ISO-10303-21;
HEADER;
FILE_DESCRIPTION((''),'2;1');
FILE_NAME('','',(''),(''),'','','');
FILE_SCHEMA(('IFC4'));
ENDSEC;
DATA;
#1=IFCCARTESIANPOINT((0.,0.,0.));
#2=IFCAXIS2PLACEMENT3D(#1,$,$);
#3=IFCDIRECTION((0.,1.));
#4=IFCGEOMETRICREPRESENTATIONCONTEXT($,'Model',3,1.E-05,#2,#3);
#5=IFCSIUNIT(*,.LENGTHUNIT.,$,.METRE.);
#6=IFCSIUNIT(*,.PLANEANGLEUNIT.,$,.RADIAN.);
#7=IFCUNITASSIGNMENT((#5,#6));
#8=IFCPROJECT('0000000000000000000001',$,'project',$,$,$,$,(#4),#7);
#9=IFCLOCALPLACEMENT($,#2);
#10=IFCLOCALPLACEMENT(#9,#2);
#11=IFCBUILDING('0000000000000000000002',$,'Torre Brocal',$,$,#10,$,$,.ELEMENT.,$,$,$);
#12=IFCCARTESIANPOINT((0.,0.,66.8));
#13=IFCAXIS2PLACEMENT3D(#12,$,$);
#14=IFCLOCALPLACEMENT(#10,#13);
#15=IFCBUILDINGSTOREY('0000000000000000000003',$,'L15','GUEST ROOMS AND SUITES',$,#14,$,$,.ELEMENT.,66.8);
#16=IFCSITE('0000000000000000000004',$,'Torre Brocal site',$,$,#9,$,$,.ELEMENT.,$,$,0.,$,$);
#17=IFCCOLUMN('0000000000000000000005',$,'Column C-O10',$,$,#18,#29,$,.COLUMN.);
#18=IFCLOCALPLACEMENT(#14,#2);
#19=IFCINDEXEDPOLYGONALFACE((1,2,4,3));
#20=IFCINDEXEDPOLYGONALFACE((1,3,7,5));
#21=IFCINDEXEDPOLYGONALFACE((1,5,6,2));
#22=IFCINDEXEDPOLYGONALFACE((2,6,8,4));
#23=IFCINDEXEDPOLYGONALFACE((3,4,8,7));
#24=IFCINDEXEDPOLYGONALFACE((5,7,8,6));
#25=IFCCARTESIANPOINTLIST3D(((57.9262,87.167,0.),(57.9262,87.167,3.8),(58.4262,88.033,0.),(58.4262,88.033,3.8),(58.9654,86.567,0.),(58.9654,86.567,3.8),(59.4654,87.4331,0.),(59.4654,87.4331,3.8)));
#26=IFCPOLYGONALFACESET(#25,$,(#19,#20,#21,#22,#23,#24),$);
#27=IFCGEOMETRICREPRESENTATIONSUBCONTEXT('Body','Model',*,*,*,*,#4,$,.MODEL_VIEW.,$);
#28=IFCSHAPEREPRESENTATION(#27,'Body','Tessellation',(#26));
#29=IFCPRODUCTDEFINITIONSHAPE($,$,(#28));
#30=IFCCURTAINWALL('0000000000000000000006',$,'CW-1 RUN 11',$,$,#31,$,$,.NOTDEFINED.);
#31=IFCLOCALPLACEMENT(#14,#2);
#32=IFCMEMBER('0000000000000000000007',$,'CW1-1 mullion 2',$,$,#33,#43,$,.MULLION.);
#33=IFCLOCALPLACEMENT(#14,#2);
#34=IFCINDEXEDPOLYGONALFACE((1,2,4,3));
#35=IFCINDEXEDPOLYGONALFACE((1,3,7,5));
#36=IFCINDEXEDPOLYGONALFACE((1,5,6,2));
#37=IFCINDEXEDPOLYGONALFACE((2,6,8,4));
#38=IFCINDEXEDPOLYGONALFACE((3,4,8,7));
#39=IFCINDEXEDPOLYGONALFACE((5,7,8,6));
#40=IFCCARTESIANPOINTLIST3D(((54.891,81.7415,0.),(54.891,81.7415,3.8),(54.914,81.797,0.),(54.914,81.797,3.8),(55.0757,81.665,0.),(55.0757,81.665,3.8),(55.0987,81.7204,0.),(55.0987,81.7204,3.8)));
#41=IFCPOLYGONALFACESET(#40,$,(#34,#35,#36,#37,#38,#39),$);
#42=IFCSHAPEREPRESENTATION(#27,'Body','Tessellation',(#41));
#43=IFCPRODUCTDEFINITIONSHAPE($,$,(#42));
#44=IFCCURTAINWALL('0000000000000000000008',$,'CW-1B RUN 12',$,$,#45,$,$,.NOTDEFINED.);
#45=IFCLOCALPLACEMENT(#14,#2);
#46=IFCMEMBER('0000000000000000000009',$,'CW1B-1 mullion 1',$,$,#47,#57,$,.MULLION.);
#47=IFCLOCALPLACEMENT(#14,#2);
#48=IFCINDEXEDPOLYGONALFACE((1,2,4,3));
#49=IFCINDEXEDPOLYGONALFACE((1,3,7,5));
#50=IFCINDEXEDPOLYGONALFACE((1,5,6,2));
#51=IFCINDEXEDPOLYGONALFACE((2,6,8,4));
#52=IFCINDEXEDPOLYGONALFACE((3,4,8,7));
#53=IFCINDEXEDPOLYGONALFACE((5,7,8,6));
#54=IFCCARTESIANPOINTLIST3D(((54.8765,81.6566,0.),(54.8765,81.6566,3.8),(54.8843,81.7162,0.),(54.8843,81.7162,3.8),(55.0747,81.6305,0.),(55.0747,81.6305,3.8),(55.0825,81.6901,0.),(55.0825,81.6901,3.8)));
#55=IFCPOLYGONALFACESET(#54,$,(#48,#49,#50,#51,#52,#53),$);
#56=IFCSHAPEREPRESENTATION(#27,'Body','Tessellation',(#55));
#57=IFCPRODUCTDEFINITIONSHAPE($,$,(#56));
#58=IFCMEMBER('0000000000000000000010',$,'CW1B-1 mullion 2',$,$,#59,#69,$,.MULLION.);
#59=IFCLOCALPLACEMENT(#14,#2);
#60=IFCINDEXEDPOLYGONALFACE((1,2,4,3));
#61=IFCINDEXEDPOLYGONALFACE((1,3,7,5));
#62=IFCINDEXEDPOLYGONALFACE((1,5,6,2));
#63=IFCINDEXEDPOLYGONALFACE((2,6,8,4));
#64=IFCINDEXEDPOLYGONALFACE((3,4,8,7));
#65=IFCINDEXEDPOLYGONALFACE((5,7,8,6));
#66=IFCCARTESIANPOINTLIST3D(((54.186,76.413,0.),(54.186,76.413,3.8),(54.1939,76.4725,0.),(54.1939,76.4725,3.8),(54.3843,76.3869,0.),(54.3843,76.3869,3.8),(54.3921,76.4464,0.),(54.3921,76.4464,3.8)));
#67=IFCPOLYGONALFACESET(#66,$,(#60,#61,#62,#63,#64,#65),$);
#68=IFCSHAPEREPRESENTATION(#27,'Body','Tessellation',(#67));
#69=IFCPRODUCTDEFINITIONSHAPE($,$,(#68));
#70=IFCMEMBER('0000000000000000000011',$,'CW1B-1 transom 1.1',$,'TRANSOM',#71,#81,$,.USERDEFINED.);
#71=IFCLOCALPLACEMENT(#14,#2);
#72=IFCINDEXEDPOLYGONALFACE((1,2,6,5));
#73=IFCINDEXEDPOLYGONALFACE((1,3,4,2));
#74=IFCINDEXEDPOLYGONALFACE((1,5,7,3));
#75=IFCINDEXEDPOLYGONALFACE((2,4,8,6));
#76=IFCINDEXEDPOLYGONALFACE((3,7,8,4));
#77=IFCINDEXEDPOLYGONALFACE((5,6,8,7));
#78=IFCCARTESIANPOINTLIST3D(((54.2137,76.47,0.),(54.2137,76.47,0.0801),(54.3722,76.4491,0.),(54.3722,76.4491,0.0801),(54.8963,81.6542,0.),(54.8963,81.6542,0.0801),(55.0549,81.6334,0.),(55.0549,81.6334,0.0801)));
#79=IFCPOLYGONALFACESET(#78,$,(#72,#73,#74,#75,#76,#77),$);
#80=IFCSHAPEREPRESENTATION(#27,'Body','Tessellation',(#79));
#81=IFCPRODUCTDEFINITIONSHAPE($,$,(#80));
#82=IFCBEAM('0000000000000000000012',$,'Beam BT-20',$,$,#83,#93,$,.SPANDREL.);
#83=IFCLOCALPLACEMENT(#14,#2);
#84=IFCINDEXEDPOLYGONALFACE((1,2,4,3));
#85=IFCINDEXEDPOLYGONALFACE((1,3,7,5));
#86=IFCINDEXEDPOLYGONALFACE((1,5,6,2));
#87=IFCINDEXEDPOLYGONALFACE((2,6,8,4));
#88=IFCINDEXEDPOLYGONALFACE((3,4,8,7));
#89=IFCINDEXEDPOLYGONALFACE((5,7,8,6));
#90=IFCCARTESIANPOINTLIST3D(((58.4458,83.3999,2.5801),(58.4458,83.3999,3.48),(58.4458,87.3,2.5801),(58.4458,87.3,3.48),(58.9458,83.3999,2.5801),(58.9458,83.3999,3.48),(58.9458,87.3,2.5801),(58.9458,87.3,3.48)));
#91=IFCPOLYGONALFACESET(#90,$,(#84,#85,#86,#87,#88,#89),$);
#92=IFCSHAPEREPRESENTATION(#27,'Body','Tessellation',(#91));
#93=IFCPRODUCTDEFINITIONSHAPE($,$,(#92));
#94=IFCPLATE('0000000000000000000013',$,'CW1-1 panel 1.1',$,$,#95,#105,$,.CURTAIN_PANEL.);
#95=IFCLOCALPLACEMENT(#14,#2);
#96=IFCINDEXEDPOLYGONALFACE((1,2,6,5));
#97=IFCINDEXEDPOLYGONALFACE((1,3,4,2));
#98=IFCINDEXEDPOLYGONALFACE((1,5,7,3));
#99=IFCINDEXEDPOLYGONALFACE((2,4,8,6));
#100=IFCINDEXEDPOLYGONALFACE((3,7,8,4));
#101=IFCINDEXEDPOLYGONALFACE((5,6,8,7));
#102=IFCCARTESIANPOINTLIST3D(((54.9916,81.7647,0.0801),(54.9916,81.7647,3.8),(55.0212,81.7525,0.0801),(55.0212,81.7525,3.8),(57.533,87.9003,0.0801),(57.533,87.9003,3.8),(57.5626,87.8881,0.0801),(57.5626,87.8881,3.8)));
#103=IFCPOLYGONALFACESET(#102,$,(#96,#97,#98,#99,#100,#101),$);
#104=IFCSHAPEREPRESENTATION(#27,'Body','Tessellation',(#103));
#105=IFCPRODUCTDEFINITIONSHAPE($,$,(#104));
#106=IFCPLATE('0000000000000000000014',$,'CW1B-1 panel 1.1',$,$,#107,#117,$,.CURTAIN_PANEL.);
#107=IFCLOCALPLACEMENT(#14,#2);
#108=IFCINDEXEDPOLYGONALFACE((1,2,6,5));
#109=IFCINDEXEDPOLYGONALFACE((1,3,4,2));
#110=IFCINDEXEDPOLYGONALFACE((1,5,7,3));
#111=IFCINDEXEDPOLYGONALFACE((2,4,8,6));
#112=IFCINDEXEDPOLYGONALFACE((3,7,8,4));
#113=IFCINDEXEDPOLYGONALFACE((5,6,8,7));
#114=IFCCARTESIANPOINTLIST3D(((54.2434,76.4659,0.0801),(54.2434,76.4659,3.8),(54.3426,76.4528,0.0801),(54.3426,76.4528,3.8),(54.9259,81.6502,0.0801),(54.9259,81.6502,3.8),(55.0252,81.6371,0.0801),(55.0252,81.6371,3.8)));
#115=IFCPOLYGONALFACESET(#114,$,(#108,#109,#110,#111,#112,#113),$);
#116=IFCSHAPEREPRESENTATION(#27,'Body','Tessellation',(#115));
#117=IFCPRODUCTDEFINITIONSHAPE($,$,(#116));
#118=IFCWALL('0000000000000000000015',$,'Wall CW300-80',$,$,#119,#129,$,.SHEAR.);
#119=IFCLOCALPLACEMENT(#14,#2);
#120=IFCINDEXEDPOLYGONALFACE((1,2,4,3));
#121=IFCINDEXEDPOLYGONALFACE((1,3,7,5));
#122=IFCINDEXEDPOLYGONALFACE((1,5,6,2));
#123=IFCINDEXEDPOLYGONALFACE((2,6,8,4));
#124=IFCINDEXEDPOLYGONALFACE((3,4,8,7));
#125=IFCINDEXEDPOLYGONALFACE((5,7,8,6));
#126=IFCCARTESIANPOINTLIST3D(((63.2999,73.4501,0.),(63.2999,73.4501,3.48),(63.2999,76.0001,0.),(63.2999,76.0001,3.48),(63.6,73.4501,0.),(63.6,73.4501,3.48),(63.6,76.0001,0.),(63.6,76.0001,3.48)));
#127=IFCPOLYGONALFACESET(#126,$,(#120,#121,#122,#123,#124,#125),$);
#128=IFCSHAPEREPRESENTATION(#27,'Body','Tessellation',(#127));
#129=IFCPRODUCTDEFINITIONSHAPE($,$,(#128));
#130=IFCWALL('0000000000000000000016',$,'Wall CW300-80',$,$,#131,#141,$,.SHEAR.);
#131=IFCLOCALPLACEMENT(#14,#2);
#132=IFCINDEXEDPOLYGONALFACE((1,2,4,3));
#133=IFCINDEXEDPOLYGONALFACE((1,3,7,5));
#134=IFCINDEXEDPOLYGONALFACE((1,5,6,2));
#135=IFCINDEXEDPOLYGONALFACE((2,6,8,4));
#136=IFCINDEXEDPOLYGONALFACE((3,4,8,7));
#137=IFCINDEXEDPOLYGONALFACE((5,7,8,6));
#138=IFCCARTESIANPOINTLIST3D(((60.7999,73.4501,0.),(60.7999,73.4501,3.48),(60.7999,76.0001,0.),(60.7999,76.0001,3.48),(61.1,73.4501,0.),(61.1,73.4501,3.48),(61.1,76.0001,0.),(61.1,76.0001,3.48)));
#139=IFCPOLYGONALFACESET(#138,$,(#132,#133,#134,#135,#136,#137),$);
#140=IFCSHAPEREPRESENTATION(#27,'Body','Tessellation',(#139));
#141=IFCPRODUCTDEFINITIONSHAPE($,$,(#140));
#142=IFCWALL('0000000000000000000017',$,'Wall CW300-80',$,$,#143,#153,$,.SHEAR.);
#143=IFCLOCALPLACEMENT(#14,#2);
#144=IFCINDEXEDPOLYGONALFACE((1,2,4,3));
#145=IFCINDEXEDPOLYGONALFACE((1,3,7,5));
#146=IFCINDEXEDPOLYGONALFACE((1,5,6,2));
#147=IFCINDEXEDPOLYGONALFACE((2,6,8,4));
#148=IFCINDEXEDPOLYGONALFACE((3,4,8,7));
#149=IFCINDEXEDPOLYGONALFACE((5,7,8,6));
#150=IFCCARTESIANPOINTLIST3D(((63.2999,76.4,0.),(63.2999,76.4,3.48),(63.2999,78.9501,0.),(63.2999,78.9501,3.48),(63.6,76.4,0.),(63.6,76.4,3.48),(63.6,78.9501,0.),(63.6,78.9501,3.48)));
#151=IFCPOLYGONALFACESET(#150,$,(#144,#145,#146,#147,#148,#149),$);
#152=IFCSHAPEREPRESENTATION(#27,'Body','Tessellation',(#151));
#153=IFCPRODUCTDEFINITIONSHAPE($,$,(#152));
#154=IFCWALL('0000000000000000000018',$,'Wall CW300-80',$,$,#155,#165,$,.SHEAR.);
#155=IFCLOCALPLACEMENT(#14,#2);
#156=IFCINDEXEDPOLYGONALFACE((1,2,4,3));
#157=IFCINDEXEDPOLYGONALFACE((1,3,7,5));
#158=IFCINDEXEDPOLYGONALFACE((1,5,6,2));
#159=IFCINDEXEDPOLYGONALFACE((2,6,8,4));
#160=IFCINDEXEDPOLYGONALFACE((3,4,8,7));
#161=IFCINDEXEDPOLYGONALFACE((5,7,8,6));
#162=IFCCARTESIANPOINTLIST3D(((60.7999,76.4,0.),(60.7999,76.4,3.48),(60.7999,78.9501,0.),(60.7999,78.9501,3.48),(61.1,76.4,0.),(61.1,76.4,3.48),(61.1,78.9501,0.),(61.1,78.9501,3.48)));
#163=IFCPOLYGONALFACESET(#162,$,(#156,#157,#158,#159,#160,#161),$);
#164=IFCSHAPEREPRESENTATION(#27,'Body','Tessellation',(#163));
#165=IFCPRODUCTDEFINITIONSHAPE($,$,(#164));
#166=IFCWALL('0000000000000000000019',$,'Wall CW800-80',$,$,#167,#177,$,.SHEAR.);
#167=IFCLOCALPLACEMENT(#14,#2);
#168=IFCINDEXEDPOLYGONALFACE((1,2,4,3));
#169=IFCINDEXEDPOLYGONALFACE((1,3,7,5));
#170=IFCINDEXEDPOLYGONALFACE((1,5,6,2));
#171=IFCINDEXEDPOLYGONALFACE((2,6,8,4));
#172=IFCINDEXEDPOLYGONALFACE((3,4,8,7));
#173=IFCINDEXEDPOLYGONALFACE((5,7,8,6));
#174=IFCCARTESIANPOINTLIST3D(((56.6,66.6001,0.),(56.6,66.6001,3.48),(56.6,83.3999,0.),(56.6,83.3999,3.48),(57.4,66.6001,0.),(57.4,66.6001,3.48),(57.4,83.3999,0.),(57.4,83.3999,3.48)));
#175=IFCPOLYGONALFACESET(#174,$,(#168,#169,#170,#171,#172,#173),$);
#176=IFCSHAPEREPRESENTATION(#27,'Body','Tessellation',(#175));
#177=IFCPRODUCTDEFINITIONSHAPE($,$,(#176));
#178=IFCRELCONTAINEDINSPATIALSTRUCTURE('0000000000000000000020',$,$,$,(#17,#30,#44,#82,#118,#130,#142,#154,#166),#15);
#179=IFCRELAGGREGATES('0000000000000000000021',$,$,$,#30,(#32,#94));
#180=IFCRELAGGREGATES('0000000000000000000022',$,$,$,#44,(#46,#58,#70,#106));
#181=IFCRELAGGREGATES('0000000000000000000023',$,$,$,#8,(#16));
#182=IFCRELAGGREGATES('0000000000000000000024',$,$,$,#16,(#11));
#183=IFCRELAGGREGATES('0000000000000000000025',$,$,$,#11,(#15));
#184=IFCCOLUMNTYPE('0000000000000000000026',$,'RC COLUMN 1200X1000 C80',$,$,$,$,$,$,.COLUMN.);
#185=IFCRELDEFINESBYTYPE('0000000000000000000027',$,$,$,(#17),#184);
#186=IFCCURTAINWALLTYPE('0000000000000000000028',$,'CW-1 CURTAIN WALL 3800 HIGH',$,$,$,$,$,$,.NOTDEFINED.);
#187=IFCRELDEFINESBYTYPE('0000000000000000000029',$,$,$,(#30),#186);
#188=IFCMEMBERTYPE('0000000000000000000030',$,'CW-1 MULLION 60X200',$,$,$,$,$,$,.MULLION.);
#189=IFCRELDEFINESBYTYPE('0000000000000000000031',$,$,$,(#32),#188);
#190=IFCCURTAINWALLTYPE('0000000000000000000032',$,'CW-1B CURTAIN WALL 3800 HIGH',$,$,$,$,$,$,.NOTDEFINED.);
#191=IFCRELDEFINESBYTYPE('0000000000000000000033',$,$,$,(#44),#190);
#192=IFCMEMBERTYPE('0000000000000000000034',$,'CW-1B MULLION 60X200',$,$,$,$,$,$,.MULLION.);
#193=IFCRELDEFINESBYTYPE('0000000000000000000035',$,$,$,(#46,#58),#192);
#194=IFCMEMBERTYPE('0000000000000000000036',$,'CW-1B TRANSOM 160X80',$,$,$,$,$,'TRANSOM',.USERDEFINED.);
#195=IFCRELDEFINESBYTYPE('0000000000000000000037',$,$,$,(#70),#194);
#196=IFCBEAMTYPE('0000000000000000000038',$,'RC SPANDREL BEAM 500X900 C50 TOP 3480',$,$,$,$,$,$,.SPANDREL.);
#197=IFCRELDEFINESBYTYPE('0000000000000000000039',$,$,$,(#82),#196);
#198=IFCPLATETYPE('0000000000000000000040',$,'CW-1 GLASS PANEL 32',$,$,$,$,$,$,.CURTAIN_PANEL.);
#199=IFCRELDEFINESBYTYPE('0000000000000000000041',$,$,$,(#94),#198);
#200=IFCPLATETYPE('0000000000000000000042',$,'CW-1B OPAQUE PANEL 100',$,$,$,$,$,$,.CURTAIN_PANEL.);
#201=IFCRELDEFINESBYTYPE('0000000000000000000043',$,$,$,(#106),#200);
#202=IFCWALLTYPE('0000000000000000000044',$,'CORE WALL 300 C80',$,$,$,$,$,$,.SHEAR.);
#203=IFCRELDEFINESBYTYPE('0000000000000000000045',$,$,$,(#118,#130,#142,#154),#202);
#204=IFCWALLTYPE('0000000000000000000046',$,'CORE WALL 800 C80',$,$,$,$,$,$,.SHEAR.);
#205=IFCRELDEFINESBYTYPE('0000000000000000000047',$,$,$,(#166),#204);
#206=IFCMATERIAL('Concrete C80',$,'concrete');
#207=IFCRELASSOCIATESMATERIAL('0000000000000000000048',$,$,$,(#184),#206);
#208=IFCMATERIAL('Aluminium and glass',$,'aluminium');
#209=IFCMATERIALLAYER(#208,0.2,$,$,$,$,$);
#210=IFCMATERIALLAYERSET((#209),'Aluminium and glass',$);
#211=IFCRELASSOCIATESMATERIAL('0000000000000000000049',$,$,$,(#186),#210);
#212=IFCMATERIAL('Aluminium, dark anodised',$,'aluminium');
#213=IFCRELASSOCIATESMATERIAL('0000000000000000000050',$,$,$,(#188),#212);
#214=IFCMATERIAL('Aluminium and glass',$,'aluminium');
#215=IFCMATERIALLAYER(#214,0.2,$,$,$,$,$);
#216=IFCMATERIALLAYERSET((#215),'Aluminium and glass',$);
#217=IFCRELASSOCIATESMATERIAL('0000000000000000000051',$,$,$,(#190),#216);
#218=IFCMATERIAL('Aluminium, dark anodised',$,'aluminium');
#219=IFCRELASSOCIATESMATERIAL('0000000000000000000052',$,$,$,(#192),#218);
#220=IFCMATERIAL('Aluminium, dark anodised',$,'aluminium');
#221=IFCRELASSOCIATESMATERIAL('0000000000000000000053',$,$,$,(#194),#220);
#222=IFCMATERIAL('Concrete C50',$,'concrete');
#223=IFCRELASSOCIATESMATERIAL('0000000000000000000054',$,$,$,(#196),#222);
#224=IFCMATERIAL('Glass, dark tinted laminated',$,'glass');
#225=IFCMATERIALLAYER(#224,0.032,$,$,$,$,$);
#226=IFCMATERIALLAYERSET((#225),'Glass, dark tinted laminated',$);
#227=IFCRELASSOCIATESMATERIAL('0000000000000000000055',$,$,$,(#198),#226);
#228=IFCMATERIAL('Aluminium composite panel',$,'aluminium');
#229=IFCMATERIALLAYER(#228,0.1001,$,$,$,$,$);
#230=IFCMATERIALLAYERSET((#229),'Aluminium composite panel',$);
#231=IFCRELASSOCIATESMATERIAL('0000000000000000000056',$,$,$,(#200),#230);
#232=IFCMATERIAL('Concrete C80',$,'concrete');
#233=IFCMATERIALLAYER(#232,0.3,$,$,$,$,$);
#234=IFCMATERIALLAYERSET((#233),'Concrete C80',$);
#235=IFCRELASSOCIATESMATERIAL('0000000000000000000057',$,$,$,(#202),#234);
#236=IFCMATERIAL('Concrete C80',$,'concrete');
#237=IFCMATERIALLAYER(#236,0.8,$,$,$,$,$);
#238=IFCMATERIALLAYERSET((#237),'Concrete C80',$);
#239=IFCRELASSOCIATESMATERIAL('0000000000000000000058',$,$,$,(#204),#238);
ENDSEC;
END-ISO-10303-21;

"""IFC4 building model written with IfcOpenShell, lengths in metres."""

from ifc_helpers import new_model, si_unit, direction, frame, frame_2d, origin, origin_2d, place, context, subcontext, project, spatial, rectangle, extrude, material, layer, layer_set, material_profile, profile_set, type_object, element, aggregate, save


model = new_model("IFC4")

# Units and contexts
model_context = context("Model", 3, precision=1e-05, world=origin(), true_north=direction((0.0, 1.0)))
body_context = subcontext(model_context, "Body", "Model", "MODEL_VIEW")
ifc_project = project(units=[si_unit("LENGTHUNIT", "METRE"), si_unit("PLANEANGLEUNIT", "RADIAN")], contexts=[model_context])

# Site, building, storey
site_placement = place(None, origin())
site = spatial("IfcSite", under=ifc_project, at=site_placement, Name="Torre Brocal site", CompositionType="ELEMENT", RefElevation=0.0)
building_placement = place(site_placement, origin())
building = spatial("IfcBuilding", under=site, at=building_placement, Name="Torre Brocal", CompositionType="ELEMENT")
storey_placement = place(building_placement, frame((0.0, 0.0, 66.8)))
storey = spatial("IfcBuildingStorey", under=building, at=storey_placement, Name="L15", Description="GUEST ROOMS AND SUITES", CompositionType="ELEMENT", Elevation=66.8)

# Column
ifc_material_1 = material(Name="Concrete C80", Category="concrete")
ifc_material_profile_1 = material_profile(ifc_material_1, rectangle(XDim=1.2, YDim=1.0, at=origin_2d()), Name="RC 1200X1000")
ifc_profile_set_1 = profile_set([ifc_material_profile_1], Name="Concrete C80")
column_type = type_object("IfcColumnType", Name="RC COLUMN 1200X1000 C80", PredefinedType="COLUMN", material=ifc_profile_set_1)
column_placement = place(storey_placement, frame((58.6958, 87.3, 0.0), z_axis=(0.0, 0.0, 1.0), x_axis=(-0.866025, 0.5, 0.0)))
element("IfcColumn", 1, at=column_placement, inside=storey, type_object=column_type, Name="Column C-O10", PredefinedType="COLUMN", context=body_context, shape_type="SweptSolid", body=[
    extrude(rectangle(XDim=1.2, YDim=1.0, at=origin_2d()), origin(), (0.0, 0.0, 1.0), 3.8),
])

# Curtain wall, member
ifc_material_2 = material(Name="Aluminium and glass", Category="aluminium")
ifc_layer_1 = layer(ifc_material_2, 0.2)
ifc_layer_set_1 = layer_set([ifc_layer_1], Name="Aluminium and glass")
curtain_wall_type_1 = type_object("IfcCurtainWallType", Name="CW-1 CURTAIN WALL 3800 HIGH", PredefinedType="NOTDEFINED", material=ifc_layer_set_1)
curtain_wall_1_placement = place(storey_placement, origin())
curtain_wall_1 = element("IfcCurtainWall", 2, at=curtain_wall_1_placement, inside=storey, type_object=curtain_wall_type_1, Name="CW-1 RUN 11", PredefinedType="NOTDEFINED")
ifc_material_3 = material(Name="Aluminium, dark anodised", Category="aluminium")
ifc_material_profile_2 = material_profile(ifc_material_3, rectangle(XDim=0.2, YDim=0.0601, at=origin_2d()), Name="CW-1 MULLION 60X200")
ifc_profile_set_2 = profile_set([ifc_material_profile_2], Name="Aluminium, dark anodised")
member_type_1 = type_object("IfcMemberType", Name="CW-1 MULLION 60X200", PredefinedType="MULLION", material=ifc_profile_set_2)
member_1_placement = place(storey_placement, frame((54.9949, 81.731, 0.0), z_axis=(0.0, 0.0, 1.0), x_axis=(0.92388, -0.382683, 0.0)))
member_1 = element("IfcMember", 3, at=member_1_placement, type_object=member_type_1, Name="CW1-1 mullion 2", PredefinedType="MULLION", context=body_context, shape_type="SweptSolid", body=[
    extrude(rectangle(XDim=0.2, YDim=0.0601, at=origin_2d()), origin(), (0.0, 0.0, 1.0), 3.8),
])

# Curtain wall, members
ifc_material_4 = material(Name="Aluminium and glass", Category="aluminium")
ifc_layer_2 = layer(ifc_material_4, 0.2)
ifc_layer_set_2 = layer_set([ifc_layer_2], Name="Aluminium and glass")
curtain_wall_type_2 = type_object("IfcCurtainWallType", Name="CW-1B CURTAIN WALL 3800 HIGH", PredefinedType="NOTDEFINED", material=ifc_layer_set_2)
curtain_wall_2_placement = place(storey_placement, origin())
curtain_wall_2 = element("IfcCurtainWall", 4, at=curtain_wall_2_placement, inside=storey, type_object=curtain_wall_type_2, Name="CW-1B RUN 12", PredefinedType="NOTDEFINED")
ifc_material_5 = material(Name="Aluminium, dark anodised", Category="aluminium")
ifc_material_profile_3 = material_profile(ifc_material_5, rectangle(XDim=0.2, YDim=0.0601, at=origin_2d()), Name="CW-1B MULLION 60X200")
ifc_profile_set_3 = profile_set([ifc_material_profile_3], Name="Aluminium, dark anodised")
member_type_2 = type_object("IfcMemberType", Name="CW-1B MULLION 60X200", PredefinedType="MULLION", material=ifc_profile_set_3)
member_2_placement = place(storey_placement, frame((54.9795, 81.6733, 0.0), z_axis=(0.0, 0.0, 1.0), x_axis=(0.991445, -0.130526, 0.0)))
member_2 = element("IfcMember", 5, at=member_2_placement, type_object=member_type_2, Name="CW1B-1 mullion 1", PredefinedType="MULLION", context=body_context, shape_type="SweptSolid", body=[
    extrude(rectangle(XDim=0.2, YDim=0.0601, at=origin_2d()), origin(), (0.0, 0.0, 1.0), 3.8),
])
member_3_placement = place(storey_placement, frame((54.2891, 76.4297, 0.0), z_axis=(0.0, 0.0, 1.0), x_axis=(0.991445, -0.130526, 0.0)))
member_3 = element("IfcMember", 6, at=member_3_placement, type_object=member_type_2, Name="CW1B-1 mullion 2", PredefinedType="MULLION", context=body_context, shape_type="SweptSolid", body=[
    extrude(rectangle(XDim=0.2, YDim=0.0601, at=origin_2d()), origin(), (0.0, 0.0, 1.0), 3.8),
])
ifc_material_6 = material(Name="Aluminium, dark anodised", Category="aluminium")
ifc_material_profile_4 = material_profile(ifc_material_6, rectangle(XDim=0.1599, YDim=0.0801, at=origin_2d()), Name="CW-1B TRANSOM 160X80")
ifc_profile_set_4 = profile_set([ifc_material_profile_4], Name="Aluminium, dark anodised")
member_type_3 = type_object("IfcMemberType", Name="CW-1B TRANSOM 160X80", ElementType="TRANSOM", PredefinedType="USERDEFINED", material=ifc_profile_set_4)
member_4_placement = place(storey_placement, frame((54.9756, 81.6438, 0.04), z_axis=(-0.130543, -0.991443, 0.0), x_axis=(0.991443, -0.130543, 0.0)))
member_4 = element("IfcMember", 7, at=member_4_placement, type_object=member_type_3, Name="CW1B-1 transom 1.1", ObjectType="TRANSOM", PredefinedType="USERDEFINED", context=body_context, shape_type="SweptSolid", body=[
    extrude(rectangle(XDim=0.1599, YDim=0.0801, at=origin_2d()), origin(), (0.0, 0.0, 1.0), 5.229),
])

# Beam
ifc_material_7 = material(Name="Concrete C50", Category="concrete")
ifc_material_profile_5 = material_profile(ifc_material_7, rectangle(XDim=0.5, YDim=0.8999, at=origin_2d()), Name="RC 500X900")
ifc_profile_set_5 = profile_set([ifc_material_profile_5], Name="Concrete C50")
beam_type = type_object("IfcBeamType", Name="RC SPANDREL BEAM 500X900 C50 TOP 3480", PredefinedType="SPANDREL", material=ifc_profile_set_5)
beam_placement = place(storey_placement, frame((58.6958, 87.3, 3.03), z_axis=(0.0, -1.0, 0.0), x_axis=(1.0, 0.0, 0.0)))
element("IfcBeam", 8, at=beam_placement, inside=storey, type_object=beam_type, Name="Beam BT-20", PredefinedType="SPANDREL", context=body_context, shape_type="SweptSolid", body=[
    extrude(rectangle(XDim=0.5, YDim=0.8999, at=origin_2d()), origin(), (0.0, 0.0, 1.0), 3.9001),
])

# Plates
ifc_material_8 = material(Name="Glass, dark tinted laminated", Category="glass")
ifc_layer_3 = layer(ifc_material_8, 0.032)
ifc_layer_set_3 = layer_set([ifc_layer_3], Name="Glass, dark tinted laminated")
plate_type_1 = type_object("IfcPlateType", Name="CW-1 GLASS PANEL 32", PredefinedType="CURTAIN_PANEL", material=ifc_layer_set_3)
plate_1_placement = place(storey_placement, frame((56.2771, 84.8264, 0.0801), z_axis=(0.0, 0.0, 1.0), x_axis=(-0.382683, -0.92388, 0.0)))
plate_1 = element("IfcPlate", 9, at=plate_1_placement, type_object=plate_type_1, Name="CW1-1 panel 1.1", PredefinedType="CURTAIN_PANEL", context=body_context, shape_type="SweptSolid", body=[
    extrude(rectangle(XDim=6.6411, YDim=0.032, at=origin_2d()), origin(), (0.0, 0.0, 1.0), 3.72),
])
aggregate(curtain_wall_1, [member_1, plate_1])
ifc_material_9 = material(Name="Aluminium composite panel", Category="aluminium")
ifc_layer_4 = layer(ifc_material_9, 0.1001)
ifc_layer_set_4 = layer_set([ifc_layer_4], Name="Aluminium composite panel")
plate_type_2 = type_object("IfcPlateType", Name="CW-1B OPAQUE PANEL 100", PredefinedType="CURTAIN_PANEL", material=ifc_layer_set_4)
plate_2_placement = place(storey_placement, frame((54.6343, 79.0515, 0.0801), z_axis=(0.0, 0.0, 1.0), x_axis=(-0.130526, -0.991445, 0.0)))
plate_2 = element("IfcPlate", 10, at=plate_2_placement, type_object=plate_type_2, Name="CW1B-1 panel 1.1", PredefinedType="CURTAIN_PANEL", context=body_context, shape_type="SweptSolid", body=[
    extrude(rectangle(XDim=5.229, YDim=0.1001, at=origin_2d()), origin(), (0.0, 0.0, 1.0), 3.72),
])
aggregate(curtain_wall_2, [member_2, member_3, member_4, plate_2])

# Walls
ifc_material_10 = material(Name="Concrete C80", Category="concrete")
ifc_layer_5 = layer(ifc_material_10, 0.3)
ifc_layer_set_5 = layer_set([ifc_layer_5], Name="Concrete C80")
wall_type_1 = type_object("IfcWallType", Name="CORE WALL 300 C80", PredefinedType="SHEAR", material=ifc_layer_set_5)
for number, where, z_axis, x_axis, name in (
    (11, (63.45, 76.0, 0.0), (0.0, 0.0, 1.0), (0.0, -1.0, 0.0), "Wall CW300-80"),
    (12, (60.95, 76.0, 0.0), (0.0, 0.0, 1.0), (0.0, -1.0, 0.0), "Wall CW300-80"),
    (13, (63.45, 78.95, 0.0), (0.0, 0.0, 1.0), (0.0, -1.0, 0.0), "Wall CW300-80"),
    (14, (60.95, 78.95, 0.0), (0.0, 0.0, 1.0), (0.0, -1.0, 0.0), "Wall CW300-80"),
):
    element("IfcWall", number, at=place(storey_placement, frame(where, z_axis=z_axis, x_axis=x_axis)), inside=storey, type_object=wall_type_1, Name=name, PredefinedType="SHEAR", context=body_context, shape_type="SweptSolid", body=[
        extrude(rectangle(XDim=2.55, YDim=0.3, at=frame_2d((1.2749, 0.0))), origin(), (0.0, 0.0, 1.0), 3.48),
    ])
ifc_material_11 = material(Name="Concrete C80", Category="concrete")
ifc_layer_6 = layer(ifc_material_11, 0.8)
ifc_layer_set_6 = layer_set([ifc_layer_6], Name="Concrete C80")
wall_type_2 = type_object("IfcWallType", Name="CORE WALL 800 C80", PredefinedType="SHEAR", material=ifc_layer_set_6)
wall_1_placement = place(storey_placement, frame((57.0, 83.3999, 0.0), z_axis=(0.0, 0.0, 1.0), x_axis=(0.0, -1.0, 0.0)))
element("IfcWall", 15, at=wall_1_placement, inside=storey, type_object=wall_type_2, Name="Wall CW800-80", PredefinedType="SHEAR", context=body_context, shape_type="SweptSolid", body=[
    extrude(rectangle(XDim=16.7998, YDim=0.8, at=frame_2d((8.3999, 0.0))), origin(), (0.0, 0.0, 1.0), 3.48),
])

save(model, "model.ifc")
